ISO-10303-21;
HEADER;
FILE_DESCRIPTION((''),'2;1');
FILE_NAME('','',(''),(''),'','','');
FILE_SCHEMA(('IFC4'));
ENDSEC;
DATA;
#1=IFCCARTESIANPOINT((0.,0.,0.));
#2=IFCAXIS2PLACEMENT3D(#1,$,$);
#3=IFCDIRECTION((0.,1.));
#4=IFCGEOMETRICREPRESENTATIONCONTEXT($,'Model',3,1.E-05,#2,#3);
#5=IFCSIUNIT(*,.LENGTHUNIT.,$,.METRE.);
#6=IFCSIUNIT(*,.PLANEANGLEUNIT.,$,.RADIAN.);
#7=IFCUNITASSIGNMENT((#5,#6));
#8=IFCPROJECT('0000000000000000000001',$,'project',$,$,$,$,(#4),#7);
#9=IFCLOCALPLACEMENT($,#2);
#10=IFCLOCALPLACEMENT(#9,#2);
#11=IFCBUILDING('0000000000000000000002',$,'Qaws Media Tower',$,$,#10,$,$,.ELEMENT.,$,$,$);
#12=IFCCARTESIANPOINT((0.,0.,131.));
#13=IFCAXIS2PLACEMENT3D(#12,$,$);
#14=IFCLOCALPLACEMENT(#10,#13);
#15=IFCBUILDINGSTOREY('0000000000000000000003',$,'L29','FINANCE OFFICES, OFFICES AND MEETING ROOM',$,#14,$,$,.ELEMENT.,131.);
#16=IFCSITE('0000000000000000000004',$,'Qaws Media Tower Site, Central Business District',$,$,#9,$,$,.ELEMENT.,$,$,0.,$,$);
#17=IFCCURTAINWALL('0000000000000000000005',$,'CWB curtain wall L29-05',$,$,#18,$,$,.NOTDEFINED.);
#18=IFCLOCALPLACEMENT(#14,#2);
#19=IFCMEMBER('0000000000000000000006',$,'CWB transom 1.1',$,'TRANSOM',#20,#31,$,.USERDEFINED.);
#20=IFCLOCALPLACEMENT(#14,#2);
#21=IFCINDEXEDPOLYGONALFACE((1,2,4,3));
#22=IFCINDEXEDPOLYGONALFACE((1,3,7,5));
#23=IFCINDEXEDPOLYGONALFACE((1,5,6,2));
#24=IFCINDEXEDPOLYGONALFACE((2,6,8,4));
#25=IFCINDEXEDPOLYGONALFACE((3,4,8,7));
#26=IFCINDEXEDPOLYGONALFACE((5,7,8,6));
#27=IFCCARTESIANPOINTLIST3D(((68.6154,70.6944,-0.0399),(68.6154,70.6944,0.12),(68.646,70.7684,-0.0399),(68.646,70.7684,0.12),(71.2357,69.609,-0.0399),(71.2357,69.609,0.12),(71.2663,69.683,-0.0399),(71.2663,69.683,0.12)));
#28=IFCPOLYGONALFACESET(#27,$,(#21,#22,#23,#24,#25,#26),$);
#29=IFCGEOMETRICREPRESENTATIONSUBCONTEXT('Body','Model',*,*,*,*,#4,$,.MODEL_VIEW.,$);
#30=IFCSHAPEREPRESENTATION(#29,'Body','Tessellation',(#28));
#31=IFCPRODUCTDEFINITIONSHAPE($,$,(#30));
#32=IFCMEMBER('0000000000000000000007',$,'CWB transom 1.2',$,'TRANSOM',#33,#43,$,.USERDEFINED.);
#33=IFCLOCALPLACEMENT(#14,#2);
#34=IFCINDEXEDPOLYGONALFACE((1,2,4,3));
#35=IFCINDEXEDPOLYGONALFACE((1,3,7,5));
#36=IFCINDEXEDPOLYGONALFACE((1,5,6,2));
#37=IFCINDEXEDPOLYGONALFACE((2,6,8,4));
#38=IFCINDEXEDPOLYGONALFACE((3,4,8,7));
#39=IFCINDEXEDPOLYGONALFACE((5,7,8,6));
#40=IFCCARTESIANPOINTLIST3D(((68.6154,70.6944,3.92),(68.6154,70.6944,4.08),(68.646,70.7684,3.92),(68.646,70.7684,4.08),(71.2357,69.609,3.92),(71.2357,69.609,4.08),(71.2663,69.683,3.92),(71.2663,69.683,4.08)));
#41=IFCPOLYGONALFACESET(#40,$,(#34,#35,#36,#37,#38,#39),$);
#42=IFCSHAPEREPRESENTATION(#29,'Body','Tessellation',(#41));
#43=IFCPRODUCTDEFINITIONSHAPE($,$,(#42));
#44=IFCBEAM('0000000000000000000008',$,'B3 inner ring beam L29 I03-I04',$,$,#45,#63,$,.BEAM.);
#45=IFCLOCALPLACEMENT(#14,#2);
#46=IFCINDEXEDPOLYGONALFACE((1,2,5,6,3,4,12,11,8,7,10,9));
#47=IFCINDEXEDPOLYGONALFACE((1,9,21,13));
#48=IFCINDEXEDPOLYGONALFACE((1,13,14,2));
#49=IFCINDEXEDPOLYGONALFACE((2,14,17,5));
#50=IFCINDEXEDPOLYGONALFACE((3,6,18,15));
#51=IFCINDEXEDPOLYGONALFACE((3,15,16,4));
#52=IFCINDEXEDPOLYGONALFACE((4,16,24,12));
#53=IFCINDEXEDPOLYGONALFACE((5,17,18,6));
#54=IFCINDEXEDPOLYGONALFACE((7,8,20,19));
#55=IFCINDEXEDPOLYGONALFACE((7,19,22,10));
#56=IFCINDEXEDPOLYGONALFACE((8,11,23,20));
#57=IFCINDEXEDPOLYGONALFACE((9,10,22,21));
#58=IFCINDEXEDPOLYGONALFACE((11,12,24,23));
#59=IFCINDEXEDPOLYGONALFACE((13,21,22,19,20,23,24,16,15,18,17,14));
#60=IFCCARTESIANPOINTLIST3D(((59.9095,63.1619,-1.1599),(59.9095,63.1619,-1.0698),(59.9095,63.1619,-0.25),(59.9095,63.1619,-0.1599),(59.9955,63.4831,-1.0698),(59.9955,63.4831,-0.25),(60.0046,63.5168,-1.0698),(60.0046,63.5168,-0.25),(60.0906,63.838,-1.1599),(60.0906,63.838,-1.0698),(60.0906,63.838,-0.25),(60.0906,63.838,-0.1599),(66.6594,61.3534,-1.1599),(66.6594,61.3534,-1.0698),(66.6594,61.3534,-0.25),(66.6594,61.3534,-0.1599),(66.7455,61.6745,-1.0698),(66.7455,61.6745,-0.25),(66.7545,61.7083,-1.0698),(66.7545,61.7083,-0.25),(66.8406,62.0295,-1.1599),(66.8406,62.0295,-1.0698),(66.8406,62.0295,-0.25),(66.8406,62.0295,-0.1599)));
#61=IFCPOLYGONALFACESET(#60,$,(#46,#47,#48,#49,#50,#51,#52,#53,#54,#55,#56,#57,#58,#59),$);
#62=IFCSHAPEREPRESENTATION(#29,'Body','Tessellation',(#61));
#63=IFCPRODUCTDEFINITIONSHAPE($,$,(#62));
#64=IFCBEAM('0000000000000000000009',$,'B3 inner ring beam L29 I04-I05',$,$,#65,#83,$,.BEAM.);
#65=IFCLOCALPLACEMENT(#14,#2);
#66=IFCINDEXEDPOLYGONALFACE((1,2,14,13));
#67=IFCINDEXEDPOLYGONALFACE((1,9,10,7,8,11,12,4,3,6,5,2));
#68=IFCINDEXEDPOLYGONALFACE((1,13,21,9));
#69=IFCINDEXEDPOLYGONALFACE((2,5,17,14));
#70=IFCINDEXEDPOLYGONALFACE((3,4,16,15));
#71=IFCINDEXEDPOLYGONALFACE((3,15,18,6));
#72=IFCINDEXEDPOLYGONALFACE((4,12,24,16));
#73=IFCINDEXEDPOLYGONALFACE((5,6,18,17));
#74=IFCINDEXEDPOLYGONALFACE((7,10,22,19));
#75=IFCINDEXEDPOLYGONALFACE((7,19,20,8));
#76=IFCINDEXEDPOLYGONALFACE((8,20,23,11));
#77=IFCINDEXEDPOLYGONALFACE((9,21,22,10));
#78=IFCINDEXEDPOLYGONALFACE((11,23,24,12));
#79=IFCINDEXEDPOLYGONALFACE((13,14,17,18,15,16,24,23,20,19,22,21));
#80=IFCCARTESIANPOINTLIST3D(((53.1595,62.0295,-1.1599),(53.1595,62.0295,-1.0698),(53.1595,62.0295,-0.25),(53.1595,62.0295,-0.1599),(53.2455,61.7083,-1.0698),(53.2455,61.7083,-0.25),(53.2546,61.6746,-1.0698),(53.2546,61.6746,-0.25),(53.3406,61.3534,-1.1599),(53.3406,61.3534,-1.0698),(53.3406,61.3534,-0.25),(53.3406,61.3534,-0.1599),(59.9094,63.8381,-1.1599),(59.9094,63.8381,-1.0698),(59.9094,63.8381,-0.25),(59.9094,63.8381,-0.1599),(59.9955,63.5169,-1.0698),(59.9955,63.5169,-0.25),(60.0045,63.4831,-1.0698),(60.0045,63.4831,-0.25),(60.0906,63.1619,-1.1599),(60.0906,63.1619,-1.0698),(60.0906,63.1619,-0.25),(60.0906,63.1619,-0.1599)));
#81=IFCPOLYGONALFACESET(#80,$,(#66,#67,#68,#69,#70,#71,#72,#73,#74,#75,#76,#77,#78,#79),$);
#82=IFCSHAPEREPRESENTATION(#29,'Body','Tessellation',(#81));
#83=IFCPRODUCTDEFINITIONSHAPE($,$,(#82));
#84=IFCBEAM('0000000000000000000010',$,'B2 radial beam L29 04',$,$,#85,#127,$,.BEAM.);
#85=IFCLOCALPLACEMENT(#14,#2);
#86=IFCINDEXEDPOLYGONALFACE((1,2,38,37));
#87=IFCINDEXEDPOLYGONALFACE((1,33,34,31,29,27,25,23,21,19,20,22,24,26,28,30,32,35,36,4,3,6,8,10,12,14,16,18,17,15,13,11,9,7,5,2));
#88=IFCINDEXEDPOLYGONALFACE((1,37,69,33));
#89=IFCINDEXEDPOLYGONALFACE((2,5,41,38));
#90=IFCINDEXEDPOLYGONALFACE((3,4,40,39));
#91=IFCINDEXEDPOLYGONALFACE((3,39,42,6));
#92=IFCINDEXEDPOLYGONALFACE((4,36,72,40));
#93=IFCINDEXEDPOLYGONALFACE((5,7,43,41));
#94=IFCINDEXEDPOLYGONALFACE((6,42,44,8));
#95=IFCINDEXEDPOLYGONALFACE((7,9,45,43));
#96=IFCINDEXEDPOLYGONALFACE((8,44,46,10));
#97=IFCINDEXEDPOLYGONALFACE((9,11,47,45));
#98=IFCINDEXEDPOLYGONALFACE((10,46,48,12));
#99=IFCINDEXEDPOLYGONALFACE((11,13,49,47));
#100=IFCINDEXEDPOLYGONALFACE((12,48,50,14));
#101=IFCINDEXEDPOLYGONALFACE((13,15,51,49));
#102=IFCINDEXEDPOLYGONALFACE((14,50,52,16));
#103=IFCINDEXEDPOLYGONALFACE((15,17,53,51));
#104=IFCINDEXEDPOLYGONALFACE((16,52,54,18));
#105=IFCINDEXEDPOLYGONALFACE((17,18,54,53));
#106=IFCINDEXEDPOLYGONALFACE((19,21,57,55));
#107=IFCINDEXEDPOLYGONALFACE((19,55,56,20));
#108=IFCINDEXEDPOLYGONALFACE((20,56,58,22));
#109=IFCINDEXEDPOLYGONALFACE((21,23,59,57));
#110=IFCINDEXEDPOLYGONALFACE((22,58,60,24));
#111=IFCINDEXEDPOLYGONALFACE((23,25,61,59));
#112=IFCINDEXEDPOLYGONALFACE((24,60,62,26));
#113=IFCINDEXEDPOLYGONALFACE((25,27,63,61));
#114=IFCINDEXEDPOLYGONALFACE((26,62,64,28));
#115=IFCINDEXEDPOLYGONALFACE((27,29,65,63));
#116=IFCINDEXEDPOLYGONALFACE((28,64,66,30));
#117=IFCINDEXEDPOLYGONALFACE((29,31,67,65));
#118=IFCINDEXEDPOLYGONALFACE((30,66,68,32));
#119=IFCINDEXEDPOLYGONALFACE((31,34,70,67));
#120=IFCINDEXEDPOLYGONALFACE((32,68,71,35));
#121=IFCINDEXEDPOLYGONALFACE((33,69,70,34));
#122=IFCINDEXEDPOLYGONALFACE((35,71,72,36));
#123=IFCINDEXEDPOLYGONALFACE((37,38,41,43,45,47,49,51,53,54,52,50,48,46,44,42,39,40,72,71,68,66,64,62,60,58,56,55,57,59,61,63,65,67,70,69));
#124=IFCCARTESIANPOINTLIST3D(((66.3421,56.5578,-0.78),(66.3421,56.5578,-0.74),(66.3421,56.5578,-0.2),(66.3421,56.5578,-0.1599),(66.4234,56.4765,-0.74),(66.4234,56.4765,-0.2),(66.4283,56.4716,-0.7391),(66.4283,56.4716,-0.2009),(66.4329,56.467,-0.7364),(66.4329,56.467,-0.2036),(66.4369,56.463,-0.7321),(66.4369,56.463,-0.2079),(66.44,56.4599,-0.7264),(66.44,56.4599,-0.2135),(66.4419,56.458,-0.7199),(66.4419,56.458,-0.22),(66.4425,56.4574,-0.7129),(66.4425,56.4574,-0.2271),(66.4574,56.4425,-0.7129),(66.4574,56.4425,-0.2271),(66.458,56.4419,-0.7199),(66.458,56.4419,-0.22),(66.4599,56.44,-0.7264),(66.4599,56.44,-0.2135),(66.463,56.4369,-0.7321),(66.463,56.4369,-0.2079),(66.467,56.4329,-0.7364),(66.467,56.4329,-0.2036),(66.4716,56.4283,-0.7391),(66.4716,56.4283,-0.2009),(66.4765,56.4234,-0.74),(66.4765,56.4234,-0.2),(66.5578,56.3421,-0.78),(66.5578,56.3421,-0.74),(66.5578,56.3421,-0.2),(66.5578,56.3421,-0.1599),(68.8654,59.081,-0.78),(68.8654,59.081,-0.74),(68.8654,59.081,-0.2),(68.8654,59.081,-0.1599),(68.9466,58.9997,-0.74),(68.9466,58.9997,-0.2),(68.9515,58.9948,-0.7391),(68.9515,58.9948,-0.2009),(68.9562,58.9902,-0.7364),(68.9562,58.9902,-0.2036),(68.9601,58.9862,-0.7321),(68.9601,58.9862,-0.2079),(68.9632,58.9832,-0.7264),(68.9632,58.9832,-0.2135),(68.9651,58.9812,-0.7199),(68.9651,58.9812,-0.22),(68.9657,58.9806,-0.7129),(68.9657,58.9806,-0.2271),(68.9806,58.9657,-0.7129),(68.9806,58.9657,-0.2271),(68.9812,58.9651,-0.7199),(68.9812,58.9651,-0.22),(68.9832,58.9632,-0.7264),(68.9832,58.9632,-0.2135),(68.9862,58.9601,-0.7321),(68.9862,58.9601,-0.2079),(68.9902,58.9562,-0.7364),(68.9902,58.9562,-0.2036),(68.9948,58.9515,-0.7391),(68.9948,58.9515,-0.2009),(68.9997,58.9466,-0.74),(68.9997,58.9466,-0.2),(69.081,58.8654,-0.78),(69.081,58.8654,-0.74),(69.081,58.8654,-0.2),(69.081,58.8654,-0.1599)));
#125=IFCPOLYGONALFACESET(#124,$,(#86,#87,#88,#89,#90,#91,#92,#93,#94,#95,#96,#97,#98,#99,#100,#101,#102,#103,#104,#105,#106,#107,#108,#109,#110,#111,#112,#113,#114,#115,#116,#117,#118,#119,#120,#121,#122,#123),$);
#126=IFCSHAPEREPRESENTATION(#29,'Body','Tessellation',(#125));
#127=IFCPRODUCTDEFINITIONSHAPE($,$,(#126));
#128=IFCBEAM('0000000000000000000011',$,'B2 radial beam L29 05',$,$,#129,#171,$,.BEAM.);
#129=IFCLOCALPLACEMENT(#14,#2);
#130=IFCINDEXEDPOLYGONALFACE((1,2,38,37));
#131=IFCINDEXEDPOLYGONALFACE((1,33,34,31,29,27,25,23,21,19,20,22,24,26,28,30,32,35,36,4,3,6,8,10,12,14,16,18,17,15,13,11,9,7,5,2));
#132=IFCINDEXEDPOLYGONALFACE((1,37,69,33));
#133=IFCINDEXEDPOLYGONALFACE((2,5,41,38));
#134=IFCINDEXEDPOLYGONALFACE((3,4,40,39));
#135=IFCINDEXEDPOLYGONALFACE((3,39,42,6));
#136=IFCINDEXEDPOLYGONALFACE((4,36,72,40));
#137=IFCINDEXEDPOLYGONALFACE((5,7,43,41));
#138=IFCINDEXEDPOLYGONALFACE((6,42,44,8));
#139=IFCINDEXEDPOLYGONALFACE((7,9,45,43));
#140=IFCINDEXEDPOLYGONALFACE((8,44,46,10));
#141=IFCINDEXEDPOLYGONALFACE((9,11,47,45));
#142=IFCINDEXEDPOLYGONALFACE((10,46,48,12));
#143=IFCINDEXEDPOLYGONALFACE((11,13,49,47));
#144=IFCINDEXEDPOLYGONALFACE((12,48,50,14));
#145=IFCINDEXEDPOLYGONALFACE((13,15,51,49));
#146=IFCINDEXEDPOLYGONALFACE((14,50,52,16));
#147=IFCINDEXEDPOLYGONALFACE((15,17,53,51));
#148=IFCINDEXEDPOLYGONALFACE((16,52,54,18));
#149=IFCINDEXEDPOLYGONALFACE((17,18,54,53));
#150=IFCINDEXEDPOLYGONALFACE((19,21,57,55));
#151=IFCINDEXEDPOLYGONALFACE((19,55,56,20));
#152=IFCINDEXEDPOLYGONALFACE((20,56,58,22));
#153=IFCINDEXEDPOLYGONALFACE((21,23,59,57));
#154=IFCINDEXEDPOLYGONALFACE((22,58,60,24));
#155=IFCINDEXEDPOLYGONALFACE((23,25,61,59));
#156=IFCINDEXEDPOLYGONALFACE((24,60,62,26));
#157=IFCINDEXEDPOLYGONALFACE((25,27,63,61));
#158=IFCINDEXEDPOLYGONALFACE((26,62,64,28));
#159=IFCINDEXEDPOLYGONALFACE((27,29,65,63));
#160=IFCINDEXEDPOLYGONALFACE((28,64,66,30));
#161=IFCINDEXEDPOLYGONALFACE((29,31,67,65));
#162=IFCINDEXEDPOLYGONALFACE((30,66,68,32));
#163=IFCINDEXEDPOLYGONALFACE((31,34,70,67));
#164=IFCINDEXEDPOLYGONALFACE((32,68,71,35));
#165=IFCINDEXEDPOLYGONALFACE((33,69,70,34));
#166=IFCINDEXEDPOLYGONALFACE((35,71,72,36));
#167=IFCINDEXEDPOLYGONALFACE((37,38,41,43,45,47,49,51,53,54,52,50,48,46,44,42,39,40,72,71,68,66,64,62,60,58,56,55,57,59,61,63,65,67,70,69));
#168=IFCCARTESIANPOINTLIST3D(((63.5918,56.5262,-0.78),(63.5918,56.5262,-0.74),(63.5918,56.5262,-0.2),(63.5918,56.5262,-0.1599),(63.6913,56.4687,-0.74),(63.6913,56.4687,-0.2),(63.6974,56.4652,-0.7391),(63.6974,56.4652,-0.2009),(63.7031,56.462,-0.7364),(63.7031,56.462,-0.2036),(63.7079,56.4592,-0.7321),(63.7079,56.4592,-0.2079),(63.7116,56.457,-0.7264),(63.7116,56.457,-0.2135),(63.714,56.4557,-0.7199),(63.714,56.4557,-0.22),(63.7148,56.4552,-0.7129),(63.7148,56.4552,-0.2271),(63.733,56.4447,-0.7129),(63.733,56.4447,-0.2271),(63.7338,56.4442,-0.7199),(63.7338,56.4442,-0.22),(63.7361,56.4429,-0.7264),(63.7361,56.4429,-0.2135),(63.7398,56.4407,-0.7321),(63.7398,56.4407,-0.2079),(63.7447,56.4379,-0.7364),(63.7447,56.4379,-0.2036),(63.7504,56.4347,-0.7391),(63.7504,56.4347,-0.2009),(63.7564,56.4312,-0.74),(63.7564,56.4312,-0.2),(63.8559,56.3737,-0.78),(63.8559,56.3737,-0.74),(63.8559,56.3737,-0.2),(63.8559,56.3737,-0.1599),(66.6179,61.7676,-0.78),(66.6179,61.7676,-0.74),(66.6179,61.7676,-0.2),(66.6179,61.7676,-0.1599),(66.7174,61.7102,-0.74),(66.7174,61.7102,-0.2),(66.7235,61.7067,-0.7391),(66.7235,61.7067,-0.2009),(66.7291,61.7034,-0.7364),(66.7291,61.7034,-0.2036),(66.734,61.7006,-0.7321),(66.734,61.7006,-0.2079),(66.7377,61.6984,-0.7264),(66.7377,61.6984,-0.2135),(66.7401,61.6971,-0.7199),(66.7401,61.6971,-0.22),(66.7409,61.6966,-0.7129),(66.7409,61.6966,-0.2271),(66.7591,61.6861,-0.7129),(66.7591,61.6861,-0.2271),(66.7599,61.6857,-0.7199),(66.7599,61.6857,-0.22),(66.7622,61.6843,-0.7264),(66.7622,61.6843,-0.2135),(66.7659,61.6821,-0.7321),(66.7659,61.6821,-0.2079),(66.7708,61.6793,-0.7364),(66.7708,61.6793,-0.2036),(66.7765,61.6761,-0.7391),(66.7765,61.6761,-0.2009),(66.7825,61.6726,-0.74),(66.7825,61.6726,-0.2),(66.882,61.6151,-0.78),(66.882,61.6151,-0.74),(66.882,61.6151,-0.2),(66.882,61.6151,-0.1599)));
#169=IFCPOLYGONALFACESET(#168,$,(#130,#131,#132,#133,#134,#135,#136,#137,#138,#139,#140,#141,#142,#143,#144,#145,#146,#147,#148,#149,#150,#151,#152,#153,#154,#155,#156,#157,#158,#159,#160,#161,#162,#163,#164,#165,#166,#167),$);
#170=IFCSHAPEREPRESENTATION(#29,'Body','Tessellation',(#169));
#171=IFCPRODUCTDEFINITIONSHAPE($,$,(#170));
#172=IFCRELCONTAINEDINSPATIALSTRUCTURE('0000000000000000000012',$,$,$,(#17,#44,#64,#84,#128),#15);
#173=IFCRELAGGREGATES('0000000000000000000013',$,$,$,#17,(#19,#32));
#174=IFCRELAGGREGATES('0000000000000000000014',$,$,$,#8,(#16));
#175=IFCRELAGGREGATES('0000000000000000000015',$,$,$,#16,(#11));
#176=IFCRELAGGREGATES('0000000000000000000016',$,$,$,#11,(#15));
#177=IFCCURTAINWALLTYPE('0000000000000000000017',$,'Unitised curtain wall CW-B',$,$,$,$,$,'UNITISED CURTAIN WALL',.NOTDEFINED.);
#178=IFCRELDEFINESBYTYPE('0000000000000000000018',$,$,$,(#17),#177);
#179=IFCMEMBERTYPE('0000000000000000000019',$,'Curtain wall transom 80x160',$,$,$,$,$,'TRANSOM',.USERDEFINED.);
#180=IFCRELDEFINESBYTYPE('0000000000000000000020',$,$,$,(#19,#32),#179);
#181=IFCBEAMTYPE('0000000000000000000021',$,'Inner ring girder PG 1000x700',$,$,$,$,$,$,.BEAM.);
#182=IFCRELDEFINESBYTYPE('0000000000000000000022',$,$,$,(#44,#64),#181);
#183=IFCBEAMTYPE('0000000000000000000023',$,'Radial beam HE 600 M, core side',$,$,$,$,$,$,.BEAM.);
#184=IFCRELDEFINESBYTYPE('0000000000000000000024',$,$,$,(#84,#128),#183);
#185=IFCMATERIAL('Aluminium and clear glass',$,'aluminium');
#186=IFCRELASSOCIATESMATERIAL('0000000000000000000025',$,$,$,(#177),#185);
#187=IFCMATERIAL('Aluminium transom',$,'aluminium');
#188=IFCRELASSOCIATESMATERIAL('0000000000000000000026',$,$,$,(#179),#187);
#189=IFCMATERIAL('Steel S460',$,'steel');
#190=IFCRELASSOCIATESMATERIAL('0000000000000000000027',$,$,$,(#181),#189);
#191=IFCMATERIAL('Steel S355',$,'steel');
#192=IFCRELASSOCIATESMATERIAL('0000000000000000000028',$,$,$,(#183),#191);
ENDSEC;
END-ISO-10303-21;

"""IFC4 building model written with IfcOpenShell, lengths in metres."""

from ifc_helpers import new_model, si_unit, direction, frame, origin, origin_2d, place, context, subcontext, project, spatial, rectangle, i_section, extrude, material, material_profile, profile_set, type_object, element, aggregate, save


model = new_model("IFC4")

# Units and contexts
model_context = context("Model", 3, precision=1e-05, world=origin(), true_north=direction((0.0, 1.0)))
body_context = subcontext(model_context, "Body", "Model", "MODEL_VIEW")
ifc_project = project(units=[si_unit("LENGTHUNIT", "METRE"), si_unit("PLANEANGLEUNIT", "RADIAN")], contexts=[model_context])

# Site, building, storey
site_placement = place(None, origin())
site = spatial("IfcSite", under=ifc_project, at=site_placement, Name="Qaws Media Tower Site, Central Business District", CompositionType="ELEMENT", RefElevation=0.0)
building_placement = place(site_placement, origin())
building = spatial("IfcBuilding", under=site, at=building_placement, Name="Qaws Media Tower", CompositionType="ELEMENT")
storey_placement = place(building_placement, frame((0.0, 0.0, 131.0)))
storey = spatial("IfcBuildingStorey", under=building, at=storey_placement, Name="L29", Description="FINANCE OFFICES, OFFICES AND MEETING ROOM", CompositionType="ELEMENT", Elevation=131.0)

# Shared definitions
ifc_material_1 = material(Name="Aluminium and clear glass", Category="aluminium")
curtain_wall_type = type_object("IfcCurtainWallType", Name="Unitised curtain wall CW-B", ElementType="UNITISED CURTAIN WALL", PredefinedType="NOTDEFINED", material=ifc_material_1)

# Curtain wall, members
curtain_wall_1_placement = place(storey_placement, origin())
curtain_wall_1 = element("IfcCurtainWall", 1, at=curtain_wall_1_placement, inside=storey, type_object=curtain_wall_type, Name="CWB curtain wall L29-05", PredefinedType="NOTDEFINED")
ifc_material_2 = material(Name="Aluminium transom", Category="aluminium")
ifc_material_profile_1 = material_profile(ifc_material_2, rectangle(XDim=0.0801, YDim=0.1599, at=origin_2d()), Name="80x160")
ifc_profile_set_1 = profile_set([ifc_material_profile_1], Name="Aluminium transom")
member_type_1 = type_object("IfcMemberType", Name="Curtain wall transom 80x160", ElementType="TRANSOM", PredefinedType="USERDEFINED", material=ifc_profile_set_1)
member_1_placement = place(storey_placement, frame((71.251, 69.646, 0.04), z_axis=(-0.923872, 0.382701, 0.0), x_axis=(-0.382701, -0.923872, 0.0)))
member_1 = element("IfcMember", 2, at=member_1_placement, type_object=member_type_1, Name="CWB transom 1.1", ObjectType="TRANSOM", PredefinedType="USERDEFINED", context=body_context, shape_type="SweptSolid", body=[
    extrude(rectangle(XDim=0.0801, YDim=0.1599, at=origin_2d()), origin(), (0.0, 0.0, 1.0), 2.8362),
])
member_2_placement = place(storey_placement, frame((71.251, 69.646, 4.0), z_axis=(-0.923872, 0.382701, 0.0), x_axis=(-0.382701, -0.923872, 0.0)))
member_2 = element("IfcMember", 3, at=member_2_placement, type_object=member_type_1, Name="CWB transom 1.2", ObjectType="TRANSOM", PredefinedType="USERDEFINED", context=body_context, shape_type="SweptSolid", body=[
    extrude(rectangle(XDim=0.0801, YDim=0.1599, at=origin_2d()), origin(), (0.0, 0.0, 1.0), 2.8362),
])
aggregate(curtain_wall_1, [member_1, member_2])

# Beams
ifc_material_3 = material(Name="Steel S460", Category="steel")
ifc_material_profile_2 = material_profile(ifc_material_3, i_section(OverallWidth=0.7, OverallDepth=1.0, WebThickness=0.0349, FlangeThickness=0.0901, at=origin_2d()), Name="PG 1000x700")
ifc_profile_set_2 = profile_set([ifc_material_profile_2], Name="Steel S460")
beam_type_1 = type_object("IfcBeamType", Name="Inner ring girder PG 1000x700", PredefinedType="BEAM", material=ifc_profile_set_2)
for number, where, z_axis, x_axis, name in (
    (4, (66.75, 61.6914, -0.6599), (-0.965928, 0.258811, 0.0), (-0.258811, -0.965928, 0.0), "B3 inner ring beam L29 I03-I04"),
    (5, (60.0, 63.5, -0.6599), (-0.965928, -0.258811, 0.0), (0.258811, -0.965928, 0.0), "B3 inner ring beam L29 I04-I05"),
):
    element("IfcBeam", number, at=place(storey_placement, frame(where, z_axis=z_axis, x_axis=x_axis)), inside=storey, type_object=beam_type_1, Name=name, PredefinedType="BEAM", context=body_context, shape_type="SweptSolid", body=[
        extrude(i_section(OverallWidth=0.7, OverallDepth=1.0, WebThickness=0.0349, FlangeThickness=0.0901, at=origin_2d()), origin(), (0.0, 0.0, 1.0), 6.988),
    ])
ifc_material_4 = material(Name="Steel S355", Category="steel")
ifc_material_profile_3 = material_profile(ifc_material_4, i_section(OverallWidth=0.3049, OverallDepth=0.6201, WebThickness=0.021, FlangeThickness=0.04, FilletRadius=0.0271, at=origin_2d()), Name="HE 600 M")
ifc_profile_set_3 = profile_set([ifc_material_profile_3], Name="Steel S355")
beam_type_2 = type_object("IfcBeamType", Name="Radial beam HE 600 M, core side", PredefinedType="BEAM", material=ifc_profile_set_3)
beam_1_placement = place(storey_placement, frame((66.45, 56.45, -0.47), z_axis=(0.707107, 0.707107, 0.0), x_axis=(-0.707107, 0.707107, 0.0)))
element("IfcBeam", 6, at=beam_1_placement, inside=storey, type_object=beam_type_2, Name="B2 radial beam L29 04", PredefinedType="BEAM", context=body_context, shape_type="SweptSolid", body=[
    extrude(i_section(OverallWidth=0.3049, OverallDepth=0.6201, WebThickness=0.021, FlangeThickness=0.04, FilletRadius=0.0271, at=origin_2d()), origin(), (0.0, 0.0, 1.0), 3.5684),
])
beam_2_placement = place(storey_placement, frame((63.7239, 56.45, -0.47), z_axis=(0.499996, 0.866028, 0.0), x_axis=(-0.866028, 0.499996, 0.0)))
element("IfcBeam", 7, at=beam_2_placement, inside=storey, type_object=beam_type_2, Name="B2 radial beam L29 05", PredefinedType="BEAM", context=body_context, shape_type="SweptSolid", body=[
    extrude(i_section(OverallWidth=0.3049, OverallDepth=0.6201, WebThickness=0.021, FlangeThickness=0.04, FilletRadius=0.0271, at=origin_2d()), origin(), (0.0, 0.0, 1.0), 6.0522),
])

save(model, "model.ifc")
